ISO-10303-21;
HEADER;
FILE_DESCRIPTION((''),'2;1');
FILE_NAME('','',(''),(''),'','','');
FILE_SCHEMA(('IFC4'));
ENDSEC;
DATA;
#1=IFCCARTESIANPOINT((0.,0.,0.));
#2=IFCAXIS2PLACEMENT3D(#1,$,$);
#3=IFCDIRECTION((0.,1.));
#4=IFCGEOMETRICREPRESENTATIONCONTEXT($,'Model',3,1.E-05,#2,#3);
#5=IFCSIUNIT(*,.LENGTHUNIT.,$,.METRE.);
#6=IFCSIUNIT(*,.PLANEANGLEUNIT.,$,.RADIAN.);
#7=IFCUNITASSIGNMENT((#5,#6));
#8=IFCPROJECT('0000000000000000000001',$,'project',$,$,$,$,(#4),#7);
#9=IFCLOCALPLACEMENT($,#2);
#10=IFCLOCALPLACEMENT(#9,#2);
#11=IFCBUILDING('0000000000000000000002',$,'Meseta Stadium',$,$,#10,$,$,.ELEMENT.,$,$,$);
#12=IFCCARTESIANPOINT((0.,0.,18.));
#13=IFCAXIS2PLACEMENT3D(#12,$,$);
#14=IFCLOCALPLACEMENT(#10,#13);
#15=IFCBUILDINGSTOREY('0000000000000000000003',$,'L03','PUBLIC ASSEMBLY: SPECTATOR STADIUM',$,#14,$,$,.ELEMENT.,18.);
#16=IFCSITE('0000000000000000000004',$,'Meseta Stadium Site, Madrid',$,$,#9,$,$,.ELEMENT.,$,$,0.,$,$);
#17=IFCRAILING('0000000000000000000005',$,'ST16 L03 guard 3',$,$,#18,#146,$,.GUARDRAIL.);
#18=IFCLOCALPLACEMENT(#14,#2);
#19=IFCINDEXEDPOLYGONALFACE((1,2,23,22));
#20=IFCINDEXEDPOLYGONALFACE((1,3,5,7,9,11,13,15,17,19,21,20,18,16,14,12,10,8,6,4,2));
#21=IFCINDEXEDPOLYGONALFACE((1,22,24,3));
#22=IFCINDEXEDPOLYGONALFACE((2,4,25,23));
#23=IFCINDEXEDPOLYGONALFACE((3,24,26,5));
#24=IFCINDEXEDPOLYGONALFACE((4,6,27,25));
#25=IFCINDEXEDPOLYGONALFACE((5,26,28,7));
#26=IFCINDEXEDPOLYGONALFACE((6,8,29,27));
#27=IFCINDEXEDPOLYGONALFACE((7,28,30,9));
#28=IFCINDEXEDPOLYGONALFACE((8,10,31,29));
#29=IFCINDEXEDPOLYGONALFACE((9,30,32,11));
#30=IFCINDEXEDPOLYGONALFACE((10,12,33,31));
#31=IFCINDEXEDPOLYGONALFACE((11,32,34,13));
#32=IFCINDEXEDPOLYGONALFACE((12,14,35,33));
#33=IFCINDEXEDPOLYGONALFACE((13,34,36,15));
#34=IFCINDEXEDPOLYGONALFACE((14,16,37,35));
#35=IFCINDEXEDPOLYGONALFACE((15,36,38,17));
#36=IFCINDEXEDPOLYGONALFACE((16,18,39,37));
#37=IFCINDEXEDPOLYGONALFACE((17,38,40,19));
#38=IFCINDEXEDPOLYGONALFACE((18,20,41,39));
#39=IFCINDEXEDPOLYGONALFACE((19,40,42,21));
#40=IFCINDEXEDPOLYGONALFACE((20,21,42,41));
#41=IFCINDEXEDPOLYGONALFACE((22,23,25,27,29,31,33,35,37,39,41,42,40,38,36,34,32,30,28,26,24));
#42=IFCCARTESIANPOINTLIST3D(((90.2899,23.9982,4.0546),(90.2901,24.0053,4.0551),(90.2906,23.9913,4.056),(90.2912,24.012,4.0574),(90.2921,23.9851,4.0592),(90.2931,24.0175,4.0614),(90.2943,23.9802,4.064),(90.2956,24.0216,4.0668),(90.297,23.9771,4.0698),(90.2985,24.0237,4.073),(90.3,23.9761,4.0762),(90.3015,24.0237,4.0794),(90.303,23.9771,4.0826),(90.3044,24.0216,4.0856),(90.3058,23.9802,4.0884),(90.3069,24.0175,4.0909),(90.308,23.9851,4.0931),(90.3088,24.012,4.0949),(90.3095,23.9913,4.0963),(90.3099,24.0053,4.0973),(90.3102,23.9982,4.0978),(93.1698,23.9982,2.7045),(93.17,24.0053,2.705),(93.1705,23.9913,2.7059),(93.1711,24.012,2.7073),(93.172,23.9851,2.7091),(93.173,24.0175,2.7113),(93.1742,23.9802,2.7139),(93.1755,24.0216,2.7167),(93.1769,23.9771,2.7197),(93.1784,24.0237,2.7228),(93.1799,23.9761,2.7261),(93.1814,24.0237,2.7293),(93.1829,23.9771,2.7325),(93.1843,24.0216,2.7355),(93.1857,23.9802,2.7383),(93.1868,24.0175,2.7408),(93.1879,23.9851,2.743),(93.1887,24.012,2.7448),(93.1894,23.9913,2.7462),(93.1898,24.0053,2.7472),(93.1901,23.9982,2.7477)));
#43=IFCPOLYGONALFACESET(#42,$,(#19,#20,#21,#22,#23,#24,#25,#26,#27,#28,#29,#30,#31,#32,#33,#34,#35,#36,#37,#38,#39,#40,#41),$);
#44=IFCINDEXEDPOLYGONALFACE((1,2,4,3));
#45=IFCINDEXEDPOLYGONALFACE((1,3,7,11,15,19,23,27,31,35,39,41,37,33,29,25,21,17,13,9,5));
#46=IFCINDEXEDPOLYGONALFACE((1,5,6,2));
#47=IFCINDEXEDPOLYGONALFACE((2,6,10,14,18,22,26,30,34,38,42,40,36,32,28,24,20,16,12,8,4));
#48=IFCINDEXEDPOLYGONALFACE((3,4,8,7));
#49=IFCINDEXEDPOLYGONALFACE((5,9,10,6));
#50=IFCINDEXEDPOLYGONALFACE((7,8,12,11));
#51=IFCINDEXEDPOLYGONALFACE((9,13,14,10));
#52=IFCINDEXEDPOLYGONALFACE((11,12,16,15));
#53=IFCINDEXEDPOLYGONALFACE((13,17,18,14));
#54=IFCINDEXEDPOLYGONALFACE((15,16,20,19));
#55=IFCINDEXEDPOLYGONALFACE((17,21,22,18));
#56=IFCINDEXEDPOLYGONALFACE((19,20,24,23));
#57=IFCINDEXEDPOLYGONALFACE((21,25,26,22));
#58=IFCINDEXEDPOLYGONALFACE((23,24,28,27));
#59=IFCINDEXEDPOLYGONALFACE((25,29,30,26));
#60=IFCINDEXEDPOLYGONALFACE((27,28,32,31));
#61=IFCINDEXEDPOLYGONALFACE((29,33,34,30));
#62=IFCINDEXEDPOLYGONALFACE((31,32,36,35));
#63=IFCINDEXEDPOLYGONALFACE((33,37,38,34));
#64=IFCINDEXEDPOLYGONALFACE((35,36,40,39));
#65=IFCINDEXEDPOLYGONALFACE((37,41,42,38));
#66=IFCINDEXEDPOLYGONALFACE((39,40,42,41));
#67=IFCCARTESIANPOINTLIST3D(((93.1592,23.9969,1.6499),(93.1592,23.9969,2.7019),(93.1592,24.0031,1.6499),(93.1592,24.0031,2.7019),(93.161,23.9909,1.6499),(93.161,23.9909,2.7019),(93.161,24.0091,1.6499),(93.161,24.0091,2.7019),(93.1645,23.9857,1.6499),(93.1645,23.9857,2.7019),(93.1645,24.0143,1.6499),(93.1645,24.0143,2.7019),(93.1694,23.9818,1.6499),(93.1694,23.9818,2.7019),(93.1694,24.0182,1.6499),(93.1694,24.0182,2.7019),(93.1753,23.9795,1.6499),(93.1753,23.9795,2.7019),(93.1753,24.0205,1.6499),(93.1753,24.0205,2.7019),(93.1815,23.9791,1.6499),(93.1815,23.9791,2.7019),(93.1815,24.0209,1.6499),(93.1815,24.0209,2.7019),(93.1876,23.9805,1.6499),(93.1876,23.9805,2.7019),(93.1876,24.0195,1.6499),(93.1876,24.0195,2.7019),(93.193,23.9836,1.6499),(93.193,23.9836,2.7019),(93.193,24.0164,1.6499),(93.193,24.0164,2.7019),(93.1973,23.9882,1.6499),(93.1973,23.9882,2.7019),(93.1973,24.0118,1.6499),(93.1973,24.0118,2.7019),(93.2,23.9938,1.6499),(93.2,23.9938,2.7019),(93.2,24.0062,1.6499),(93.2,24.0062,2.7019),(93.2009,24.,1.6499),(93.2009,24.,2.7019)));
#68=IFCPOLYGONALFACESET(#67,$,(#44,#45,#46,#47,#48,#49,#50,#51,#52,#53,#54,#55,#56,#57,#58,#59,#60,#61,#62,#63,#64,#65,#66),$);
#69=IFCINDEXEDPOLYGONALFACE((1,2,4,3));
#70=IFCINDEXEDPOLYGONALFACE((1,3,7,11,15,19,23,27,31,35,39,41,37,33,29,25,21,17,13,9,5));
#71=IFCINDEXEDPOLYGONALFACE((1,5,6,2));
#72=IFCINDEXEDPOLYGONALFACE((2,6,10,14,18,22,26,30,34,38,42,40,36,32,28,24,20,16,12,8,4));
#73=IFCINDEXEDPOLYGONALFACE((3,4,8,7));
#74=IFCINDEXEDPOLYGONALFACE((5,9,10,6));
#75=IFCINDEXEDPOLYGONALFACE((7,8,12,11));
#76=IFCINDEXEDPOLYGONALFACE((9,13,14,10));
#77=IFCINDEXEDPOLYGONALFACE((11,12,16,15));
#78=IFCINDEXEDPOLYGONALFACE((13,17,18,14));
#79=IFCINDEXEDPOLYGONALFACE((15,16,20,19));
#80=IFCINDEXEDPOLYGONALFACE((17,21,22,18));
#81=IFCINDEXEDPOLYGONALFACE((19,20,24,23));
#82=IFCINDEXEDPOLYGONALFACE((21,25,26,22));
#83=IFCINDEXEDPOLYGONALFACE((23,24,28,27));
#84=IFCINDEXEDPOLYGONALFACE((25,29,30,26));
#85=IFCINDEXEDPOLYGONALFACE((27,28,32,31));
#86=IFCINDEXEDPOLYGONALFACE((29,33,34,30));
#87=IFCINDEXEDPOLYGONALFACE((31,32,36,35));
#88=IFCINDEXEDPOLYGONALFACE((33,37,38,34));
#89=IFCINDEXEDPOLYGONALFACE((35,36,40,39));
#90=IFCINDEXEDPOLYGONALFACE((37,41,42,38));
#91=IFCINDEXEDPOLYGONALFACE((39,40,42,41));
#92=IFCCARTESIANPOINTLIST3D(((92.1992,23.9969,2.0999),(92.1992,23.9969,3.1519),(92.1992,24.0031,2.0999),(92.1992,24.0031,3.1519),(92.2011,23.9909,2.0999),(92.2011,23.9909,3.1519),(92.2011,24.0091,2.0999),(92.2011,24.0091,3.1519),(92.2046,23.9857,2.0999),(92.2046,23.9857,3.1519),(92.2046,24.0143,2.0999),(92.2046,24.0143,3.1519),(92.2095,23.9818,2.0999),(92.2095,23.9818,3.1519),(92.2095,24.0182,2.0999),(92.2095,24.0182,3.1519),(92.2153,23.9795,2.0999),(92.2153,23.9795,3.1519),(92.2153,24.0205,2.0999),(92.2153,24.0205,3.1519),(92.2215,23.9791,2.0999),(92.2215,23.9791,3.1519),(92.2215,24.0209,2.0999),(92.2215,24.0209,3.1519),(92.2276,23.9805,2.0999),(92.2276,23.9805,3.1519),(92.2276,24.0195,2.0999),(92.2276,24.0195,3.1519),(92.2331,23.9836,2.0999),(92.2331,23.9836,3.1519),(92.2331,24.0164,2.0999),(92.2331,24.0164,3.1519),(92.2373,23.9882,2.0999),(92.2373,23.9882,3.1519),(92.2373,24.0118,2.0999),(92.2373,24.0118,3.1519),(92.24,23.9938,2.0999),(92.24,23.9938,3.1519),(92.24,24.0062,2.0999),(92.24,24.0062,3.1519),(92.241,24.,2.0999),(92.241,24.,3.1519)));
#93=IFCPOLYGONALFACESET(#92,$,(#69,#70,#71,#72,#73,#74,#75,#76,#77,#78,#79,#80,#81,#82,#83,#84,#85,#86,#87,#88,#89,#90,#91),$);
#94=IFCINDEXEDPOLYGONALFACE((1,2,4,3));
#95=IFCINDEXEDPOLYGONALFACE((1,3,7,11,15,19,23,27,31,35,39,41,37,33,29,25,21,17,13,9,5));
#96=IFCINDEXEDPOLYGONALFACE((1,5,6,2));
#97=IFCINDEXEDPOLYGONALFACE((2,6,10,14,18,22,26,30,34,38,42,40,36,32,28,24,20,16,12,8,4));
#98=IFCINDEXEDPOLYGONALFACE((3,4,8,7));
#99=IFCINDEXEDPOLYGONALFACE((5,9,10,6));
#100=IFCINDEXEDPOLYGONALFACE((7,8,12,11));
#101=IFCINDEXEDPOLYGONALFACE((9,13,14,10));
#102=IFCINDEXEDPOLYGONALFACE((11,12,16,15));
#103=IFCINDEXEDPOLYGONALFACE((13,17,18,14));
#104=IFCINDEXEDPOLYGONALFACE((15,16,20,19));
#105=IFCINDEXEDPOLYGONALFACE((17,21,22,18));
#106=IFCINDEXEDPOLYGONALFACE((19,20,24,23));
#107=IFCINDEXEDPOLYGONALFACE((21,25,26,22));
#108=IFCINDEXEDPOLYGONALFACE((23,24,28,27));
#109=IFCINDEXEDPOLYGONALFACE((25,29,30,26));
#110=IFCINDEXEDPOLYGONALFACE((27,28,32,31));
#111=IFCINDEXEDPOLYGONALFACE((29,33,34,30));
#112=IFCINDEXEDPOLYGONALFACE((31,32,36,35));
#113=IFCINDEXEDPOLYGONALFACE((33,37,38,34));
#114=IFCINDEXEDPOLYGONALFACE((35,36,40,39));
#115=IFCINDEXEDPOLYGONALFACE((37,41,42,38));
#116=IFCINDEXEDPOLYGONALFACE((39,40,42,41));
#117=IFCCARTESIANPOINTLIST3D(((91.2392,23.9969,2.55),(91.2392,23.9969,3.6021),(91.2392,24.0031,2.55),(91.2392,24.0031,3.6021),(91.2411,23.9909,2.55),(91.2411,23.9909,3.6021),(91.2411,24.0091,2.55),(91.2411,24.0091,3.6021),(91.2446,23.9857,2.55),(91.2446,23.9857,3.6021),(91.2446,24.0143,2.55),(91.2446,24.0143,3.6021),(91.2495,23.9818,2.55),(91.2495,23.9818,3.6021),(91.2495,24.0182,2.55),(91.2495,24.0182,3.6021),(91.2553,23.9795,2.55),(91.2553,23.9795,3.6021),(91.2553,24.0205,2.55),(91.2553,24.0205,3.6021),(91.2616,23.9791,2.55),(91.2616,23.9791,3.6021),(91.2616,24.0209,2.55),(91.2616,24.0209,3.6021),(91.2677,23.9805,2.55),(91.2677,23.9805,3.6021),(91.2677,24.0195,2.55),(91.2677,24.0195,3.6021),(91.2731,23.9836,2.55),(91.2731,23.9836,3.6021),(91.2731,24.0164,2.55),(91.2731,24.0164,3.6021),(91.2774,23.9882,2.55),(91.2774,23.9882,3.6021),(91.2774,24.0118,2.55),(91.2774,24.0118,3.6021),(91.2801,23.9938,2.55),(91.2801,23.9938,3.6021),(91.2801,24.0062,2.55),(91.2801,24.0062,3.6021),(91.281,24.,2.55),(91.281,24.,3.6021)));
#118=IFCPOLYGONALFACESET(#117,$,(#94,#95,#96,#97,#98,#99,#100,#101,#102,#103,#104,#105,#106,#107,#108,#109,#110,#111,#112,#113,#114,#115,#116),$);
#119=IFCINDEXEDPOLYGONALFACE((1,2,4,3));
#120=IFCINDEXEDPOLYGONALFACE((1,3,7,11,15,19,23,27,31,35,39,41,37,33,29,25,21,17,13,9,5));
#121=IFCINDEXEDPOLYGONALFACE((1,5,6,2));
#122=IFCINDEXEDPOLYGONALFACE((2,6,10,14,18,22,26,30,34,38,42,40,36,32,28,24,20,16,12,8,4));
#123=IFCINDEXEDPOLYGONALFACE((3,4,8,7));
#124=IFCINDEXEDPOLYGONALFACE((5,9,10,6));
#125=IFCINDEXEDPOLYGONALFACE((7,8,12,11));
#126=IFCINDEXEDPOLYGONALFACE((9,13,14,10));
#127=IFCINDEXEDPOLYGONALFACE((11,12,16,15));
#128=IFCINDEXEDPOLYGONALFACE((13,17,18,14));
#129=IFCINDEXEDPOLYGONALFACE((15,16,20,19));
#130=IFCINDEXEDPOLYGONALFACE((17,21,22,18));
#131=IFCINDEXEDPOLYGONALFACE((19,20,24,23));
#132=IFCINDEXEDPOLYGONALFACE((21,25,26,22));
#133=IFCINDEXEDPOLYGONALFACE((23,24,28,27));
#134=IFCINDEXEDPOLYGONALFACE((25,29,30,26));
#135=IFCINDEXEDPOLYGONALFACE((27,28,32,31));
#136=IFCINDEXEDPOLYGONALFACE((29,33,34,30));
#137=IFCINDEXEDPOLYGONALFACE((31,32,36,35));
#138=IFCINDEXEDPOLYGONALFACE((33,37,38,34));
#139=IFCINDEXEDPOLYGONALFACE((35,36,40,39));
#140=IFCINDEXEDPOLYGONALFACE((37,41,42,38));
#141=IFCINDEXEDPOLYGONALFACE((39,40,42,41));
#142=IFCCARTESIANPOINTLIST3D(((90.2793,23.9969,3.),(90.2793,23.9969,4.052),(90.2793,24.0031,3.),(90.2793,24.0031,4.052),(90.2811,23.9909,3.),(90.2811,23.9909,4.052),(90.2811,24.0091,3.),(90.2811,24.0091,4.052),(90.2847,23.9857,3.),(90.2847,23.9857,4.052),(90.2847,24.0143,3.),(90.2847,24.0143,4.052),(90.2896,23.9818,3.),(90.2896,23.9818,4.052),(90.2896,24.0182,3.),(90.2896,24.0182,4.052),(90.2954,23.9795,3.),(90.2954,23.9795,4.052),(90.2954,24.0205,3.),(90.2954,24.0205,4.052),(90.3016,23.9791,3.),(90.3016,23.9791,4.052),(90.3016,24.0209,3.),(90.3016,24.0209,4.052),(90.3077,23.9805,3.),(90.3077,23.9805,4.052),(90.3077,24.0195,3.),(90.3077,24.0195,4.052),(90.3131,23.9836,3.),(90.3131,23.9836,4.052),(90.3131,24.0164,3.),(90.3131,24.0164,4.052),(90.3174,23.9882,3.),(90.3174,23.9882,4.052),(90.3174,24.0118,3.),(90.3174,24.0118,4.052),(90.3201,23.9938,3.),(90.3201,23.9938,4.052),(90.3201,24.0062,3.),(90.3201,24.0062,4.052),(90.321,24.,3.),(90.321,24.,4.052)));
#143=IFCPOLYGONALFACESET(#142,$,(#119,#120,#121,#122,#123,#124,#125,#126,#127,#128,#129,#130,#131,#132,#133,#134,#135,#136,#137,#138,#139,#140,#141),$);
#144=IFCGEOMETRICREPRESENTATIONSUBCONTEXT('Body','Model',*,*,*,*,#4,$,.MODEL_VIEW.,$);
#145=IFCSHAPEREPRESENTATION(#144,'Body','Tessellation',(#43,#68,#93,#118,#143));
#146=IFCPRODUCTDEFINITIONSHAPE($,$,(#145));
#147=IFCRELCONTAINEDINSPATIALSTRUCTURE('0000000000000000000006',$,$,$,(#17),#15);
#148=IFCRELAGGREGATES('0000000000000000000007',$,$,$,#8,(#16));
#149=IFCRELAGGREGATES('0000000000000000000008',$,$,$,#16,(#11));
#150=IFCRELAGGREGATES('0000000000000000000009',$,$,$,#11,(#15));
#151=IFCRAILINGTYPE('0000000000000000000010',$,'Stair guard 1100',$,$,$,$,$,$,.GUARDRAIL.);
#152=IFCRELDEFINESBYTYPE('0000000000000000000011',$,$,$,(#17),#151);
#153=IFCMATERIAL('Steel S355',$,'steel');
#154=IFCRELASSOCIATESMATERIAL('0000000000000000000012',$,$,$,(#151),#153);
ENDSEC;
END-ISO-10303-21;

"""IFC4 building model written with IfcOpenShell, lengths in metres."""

from ifc_helpers import new_model, si_unit, direction, frame, origin, origin_2d, place, context, subcontext, project, spatial, circle, extrude, material, type_object, element, save


model = new_model("IFC4")

# Units and contexts
model_context = context("Model", 3, precision=1e-05, world=origin(), true_north=direction((0.0, 1.0)))
body_context = subcontext(model_context, "Body", "Model", "MODEL_VIEW")
ifc_project = project(units=[si_unit("LENGTHUNIT", "METRE"), si_unit("PLANEANGLEUNIT", "RADIAN")], contexts=[model_context])

# Site, building, storey
site_placement = place(None, origin())
site = spatial("IfcSite", under=ifc_project, at=site_placement, Name="Meseta Stadium Site, Madrid", CompositionType="ELEMENT", RefElevation=0.0)
building_placement = place(site_placement, origin())
building = spatial("IfcBuilding", under=site, at=building_placement, Name="Meseta Stadium", CompositionType="ELEMENT")
storey_placement = place(building_placement, frame((0.0, 0.0, 18.0)))
storey = spatial("IfcBuildingStorey", under=building, at=storey_placement, Name="L03", Description="PUBLIC ASSEMBLY: SPECTATOR STADIUM", CompositionType="ELEMENT", Elevation=18.0)

# Railing
ifc_material_1 = material(Name="Steel S355", Category="steel")
railing_type_1 = type_object("IfcRailingType", Name="Stair guard 1100", PredefinedType="GUARDRAIL", material=ifc_material_1)
railing_1_placement = place(storey_placement, frame((93.1799, 24.0, 1.6499)))
element("IfcRailing", 1, at=railing_1_placement, inside=storey, type_object=railing_type_1, Name="ST16 L03 guard 3", PredefinedType="GUARDRAIL", context=body_context, shape_type="SweptSolid", body=[
    extrude(circle(Radius=0.0239, at=origin_2d()), frame((0.0, 0.0, 1.0762), z_axis=(-0.90544, 0.0, 0.424473), x_axis=(0.0, -1.0, 0.0)), (0.0, 0.0, 1.0), 3.1807),
    extrude(circle(Radius=0.021, at=origin_2d()), origin(), (0.0, 0.0, 1.0), 1.052),
    extrude(circle(Radius=0.021, at=origin_2d()), frame((-0.96, 0.0, 0.45)), (0.0, 0.0, 1.0), 1.052),
    extrude(circle(Radius=0.021, at=origin_2d()), frame((-1.9199, 0.0, 0.9001)), (0.0, 0.0, 1.0), 1.052),
    extrude(circle(Radius=0.021, at=origin_2d()), frame((-2.8799, 0.0, 1.3501)), (0.0, 0.0, 1.0), 1.052),
])

save(model, "model.ifc")
